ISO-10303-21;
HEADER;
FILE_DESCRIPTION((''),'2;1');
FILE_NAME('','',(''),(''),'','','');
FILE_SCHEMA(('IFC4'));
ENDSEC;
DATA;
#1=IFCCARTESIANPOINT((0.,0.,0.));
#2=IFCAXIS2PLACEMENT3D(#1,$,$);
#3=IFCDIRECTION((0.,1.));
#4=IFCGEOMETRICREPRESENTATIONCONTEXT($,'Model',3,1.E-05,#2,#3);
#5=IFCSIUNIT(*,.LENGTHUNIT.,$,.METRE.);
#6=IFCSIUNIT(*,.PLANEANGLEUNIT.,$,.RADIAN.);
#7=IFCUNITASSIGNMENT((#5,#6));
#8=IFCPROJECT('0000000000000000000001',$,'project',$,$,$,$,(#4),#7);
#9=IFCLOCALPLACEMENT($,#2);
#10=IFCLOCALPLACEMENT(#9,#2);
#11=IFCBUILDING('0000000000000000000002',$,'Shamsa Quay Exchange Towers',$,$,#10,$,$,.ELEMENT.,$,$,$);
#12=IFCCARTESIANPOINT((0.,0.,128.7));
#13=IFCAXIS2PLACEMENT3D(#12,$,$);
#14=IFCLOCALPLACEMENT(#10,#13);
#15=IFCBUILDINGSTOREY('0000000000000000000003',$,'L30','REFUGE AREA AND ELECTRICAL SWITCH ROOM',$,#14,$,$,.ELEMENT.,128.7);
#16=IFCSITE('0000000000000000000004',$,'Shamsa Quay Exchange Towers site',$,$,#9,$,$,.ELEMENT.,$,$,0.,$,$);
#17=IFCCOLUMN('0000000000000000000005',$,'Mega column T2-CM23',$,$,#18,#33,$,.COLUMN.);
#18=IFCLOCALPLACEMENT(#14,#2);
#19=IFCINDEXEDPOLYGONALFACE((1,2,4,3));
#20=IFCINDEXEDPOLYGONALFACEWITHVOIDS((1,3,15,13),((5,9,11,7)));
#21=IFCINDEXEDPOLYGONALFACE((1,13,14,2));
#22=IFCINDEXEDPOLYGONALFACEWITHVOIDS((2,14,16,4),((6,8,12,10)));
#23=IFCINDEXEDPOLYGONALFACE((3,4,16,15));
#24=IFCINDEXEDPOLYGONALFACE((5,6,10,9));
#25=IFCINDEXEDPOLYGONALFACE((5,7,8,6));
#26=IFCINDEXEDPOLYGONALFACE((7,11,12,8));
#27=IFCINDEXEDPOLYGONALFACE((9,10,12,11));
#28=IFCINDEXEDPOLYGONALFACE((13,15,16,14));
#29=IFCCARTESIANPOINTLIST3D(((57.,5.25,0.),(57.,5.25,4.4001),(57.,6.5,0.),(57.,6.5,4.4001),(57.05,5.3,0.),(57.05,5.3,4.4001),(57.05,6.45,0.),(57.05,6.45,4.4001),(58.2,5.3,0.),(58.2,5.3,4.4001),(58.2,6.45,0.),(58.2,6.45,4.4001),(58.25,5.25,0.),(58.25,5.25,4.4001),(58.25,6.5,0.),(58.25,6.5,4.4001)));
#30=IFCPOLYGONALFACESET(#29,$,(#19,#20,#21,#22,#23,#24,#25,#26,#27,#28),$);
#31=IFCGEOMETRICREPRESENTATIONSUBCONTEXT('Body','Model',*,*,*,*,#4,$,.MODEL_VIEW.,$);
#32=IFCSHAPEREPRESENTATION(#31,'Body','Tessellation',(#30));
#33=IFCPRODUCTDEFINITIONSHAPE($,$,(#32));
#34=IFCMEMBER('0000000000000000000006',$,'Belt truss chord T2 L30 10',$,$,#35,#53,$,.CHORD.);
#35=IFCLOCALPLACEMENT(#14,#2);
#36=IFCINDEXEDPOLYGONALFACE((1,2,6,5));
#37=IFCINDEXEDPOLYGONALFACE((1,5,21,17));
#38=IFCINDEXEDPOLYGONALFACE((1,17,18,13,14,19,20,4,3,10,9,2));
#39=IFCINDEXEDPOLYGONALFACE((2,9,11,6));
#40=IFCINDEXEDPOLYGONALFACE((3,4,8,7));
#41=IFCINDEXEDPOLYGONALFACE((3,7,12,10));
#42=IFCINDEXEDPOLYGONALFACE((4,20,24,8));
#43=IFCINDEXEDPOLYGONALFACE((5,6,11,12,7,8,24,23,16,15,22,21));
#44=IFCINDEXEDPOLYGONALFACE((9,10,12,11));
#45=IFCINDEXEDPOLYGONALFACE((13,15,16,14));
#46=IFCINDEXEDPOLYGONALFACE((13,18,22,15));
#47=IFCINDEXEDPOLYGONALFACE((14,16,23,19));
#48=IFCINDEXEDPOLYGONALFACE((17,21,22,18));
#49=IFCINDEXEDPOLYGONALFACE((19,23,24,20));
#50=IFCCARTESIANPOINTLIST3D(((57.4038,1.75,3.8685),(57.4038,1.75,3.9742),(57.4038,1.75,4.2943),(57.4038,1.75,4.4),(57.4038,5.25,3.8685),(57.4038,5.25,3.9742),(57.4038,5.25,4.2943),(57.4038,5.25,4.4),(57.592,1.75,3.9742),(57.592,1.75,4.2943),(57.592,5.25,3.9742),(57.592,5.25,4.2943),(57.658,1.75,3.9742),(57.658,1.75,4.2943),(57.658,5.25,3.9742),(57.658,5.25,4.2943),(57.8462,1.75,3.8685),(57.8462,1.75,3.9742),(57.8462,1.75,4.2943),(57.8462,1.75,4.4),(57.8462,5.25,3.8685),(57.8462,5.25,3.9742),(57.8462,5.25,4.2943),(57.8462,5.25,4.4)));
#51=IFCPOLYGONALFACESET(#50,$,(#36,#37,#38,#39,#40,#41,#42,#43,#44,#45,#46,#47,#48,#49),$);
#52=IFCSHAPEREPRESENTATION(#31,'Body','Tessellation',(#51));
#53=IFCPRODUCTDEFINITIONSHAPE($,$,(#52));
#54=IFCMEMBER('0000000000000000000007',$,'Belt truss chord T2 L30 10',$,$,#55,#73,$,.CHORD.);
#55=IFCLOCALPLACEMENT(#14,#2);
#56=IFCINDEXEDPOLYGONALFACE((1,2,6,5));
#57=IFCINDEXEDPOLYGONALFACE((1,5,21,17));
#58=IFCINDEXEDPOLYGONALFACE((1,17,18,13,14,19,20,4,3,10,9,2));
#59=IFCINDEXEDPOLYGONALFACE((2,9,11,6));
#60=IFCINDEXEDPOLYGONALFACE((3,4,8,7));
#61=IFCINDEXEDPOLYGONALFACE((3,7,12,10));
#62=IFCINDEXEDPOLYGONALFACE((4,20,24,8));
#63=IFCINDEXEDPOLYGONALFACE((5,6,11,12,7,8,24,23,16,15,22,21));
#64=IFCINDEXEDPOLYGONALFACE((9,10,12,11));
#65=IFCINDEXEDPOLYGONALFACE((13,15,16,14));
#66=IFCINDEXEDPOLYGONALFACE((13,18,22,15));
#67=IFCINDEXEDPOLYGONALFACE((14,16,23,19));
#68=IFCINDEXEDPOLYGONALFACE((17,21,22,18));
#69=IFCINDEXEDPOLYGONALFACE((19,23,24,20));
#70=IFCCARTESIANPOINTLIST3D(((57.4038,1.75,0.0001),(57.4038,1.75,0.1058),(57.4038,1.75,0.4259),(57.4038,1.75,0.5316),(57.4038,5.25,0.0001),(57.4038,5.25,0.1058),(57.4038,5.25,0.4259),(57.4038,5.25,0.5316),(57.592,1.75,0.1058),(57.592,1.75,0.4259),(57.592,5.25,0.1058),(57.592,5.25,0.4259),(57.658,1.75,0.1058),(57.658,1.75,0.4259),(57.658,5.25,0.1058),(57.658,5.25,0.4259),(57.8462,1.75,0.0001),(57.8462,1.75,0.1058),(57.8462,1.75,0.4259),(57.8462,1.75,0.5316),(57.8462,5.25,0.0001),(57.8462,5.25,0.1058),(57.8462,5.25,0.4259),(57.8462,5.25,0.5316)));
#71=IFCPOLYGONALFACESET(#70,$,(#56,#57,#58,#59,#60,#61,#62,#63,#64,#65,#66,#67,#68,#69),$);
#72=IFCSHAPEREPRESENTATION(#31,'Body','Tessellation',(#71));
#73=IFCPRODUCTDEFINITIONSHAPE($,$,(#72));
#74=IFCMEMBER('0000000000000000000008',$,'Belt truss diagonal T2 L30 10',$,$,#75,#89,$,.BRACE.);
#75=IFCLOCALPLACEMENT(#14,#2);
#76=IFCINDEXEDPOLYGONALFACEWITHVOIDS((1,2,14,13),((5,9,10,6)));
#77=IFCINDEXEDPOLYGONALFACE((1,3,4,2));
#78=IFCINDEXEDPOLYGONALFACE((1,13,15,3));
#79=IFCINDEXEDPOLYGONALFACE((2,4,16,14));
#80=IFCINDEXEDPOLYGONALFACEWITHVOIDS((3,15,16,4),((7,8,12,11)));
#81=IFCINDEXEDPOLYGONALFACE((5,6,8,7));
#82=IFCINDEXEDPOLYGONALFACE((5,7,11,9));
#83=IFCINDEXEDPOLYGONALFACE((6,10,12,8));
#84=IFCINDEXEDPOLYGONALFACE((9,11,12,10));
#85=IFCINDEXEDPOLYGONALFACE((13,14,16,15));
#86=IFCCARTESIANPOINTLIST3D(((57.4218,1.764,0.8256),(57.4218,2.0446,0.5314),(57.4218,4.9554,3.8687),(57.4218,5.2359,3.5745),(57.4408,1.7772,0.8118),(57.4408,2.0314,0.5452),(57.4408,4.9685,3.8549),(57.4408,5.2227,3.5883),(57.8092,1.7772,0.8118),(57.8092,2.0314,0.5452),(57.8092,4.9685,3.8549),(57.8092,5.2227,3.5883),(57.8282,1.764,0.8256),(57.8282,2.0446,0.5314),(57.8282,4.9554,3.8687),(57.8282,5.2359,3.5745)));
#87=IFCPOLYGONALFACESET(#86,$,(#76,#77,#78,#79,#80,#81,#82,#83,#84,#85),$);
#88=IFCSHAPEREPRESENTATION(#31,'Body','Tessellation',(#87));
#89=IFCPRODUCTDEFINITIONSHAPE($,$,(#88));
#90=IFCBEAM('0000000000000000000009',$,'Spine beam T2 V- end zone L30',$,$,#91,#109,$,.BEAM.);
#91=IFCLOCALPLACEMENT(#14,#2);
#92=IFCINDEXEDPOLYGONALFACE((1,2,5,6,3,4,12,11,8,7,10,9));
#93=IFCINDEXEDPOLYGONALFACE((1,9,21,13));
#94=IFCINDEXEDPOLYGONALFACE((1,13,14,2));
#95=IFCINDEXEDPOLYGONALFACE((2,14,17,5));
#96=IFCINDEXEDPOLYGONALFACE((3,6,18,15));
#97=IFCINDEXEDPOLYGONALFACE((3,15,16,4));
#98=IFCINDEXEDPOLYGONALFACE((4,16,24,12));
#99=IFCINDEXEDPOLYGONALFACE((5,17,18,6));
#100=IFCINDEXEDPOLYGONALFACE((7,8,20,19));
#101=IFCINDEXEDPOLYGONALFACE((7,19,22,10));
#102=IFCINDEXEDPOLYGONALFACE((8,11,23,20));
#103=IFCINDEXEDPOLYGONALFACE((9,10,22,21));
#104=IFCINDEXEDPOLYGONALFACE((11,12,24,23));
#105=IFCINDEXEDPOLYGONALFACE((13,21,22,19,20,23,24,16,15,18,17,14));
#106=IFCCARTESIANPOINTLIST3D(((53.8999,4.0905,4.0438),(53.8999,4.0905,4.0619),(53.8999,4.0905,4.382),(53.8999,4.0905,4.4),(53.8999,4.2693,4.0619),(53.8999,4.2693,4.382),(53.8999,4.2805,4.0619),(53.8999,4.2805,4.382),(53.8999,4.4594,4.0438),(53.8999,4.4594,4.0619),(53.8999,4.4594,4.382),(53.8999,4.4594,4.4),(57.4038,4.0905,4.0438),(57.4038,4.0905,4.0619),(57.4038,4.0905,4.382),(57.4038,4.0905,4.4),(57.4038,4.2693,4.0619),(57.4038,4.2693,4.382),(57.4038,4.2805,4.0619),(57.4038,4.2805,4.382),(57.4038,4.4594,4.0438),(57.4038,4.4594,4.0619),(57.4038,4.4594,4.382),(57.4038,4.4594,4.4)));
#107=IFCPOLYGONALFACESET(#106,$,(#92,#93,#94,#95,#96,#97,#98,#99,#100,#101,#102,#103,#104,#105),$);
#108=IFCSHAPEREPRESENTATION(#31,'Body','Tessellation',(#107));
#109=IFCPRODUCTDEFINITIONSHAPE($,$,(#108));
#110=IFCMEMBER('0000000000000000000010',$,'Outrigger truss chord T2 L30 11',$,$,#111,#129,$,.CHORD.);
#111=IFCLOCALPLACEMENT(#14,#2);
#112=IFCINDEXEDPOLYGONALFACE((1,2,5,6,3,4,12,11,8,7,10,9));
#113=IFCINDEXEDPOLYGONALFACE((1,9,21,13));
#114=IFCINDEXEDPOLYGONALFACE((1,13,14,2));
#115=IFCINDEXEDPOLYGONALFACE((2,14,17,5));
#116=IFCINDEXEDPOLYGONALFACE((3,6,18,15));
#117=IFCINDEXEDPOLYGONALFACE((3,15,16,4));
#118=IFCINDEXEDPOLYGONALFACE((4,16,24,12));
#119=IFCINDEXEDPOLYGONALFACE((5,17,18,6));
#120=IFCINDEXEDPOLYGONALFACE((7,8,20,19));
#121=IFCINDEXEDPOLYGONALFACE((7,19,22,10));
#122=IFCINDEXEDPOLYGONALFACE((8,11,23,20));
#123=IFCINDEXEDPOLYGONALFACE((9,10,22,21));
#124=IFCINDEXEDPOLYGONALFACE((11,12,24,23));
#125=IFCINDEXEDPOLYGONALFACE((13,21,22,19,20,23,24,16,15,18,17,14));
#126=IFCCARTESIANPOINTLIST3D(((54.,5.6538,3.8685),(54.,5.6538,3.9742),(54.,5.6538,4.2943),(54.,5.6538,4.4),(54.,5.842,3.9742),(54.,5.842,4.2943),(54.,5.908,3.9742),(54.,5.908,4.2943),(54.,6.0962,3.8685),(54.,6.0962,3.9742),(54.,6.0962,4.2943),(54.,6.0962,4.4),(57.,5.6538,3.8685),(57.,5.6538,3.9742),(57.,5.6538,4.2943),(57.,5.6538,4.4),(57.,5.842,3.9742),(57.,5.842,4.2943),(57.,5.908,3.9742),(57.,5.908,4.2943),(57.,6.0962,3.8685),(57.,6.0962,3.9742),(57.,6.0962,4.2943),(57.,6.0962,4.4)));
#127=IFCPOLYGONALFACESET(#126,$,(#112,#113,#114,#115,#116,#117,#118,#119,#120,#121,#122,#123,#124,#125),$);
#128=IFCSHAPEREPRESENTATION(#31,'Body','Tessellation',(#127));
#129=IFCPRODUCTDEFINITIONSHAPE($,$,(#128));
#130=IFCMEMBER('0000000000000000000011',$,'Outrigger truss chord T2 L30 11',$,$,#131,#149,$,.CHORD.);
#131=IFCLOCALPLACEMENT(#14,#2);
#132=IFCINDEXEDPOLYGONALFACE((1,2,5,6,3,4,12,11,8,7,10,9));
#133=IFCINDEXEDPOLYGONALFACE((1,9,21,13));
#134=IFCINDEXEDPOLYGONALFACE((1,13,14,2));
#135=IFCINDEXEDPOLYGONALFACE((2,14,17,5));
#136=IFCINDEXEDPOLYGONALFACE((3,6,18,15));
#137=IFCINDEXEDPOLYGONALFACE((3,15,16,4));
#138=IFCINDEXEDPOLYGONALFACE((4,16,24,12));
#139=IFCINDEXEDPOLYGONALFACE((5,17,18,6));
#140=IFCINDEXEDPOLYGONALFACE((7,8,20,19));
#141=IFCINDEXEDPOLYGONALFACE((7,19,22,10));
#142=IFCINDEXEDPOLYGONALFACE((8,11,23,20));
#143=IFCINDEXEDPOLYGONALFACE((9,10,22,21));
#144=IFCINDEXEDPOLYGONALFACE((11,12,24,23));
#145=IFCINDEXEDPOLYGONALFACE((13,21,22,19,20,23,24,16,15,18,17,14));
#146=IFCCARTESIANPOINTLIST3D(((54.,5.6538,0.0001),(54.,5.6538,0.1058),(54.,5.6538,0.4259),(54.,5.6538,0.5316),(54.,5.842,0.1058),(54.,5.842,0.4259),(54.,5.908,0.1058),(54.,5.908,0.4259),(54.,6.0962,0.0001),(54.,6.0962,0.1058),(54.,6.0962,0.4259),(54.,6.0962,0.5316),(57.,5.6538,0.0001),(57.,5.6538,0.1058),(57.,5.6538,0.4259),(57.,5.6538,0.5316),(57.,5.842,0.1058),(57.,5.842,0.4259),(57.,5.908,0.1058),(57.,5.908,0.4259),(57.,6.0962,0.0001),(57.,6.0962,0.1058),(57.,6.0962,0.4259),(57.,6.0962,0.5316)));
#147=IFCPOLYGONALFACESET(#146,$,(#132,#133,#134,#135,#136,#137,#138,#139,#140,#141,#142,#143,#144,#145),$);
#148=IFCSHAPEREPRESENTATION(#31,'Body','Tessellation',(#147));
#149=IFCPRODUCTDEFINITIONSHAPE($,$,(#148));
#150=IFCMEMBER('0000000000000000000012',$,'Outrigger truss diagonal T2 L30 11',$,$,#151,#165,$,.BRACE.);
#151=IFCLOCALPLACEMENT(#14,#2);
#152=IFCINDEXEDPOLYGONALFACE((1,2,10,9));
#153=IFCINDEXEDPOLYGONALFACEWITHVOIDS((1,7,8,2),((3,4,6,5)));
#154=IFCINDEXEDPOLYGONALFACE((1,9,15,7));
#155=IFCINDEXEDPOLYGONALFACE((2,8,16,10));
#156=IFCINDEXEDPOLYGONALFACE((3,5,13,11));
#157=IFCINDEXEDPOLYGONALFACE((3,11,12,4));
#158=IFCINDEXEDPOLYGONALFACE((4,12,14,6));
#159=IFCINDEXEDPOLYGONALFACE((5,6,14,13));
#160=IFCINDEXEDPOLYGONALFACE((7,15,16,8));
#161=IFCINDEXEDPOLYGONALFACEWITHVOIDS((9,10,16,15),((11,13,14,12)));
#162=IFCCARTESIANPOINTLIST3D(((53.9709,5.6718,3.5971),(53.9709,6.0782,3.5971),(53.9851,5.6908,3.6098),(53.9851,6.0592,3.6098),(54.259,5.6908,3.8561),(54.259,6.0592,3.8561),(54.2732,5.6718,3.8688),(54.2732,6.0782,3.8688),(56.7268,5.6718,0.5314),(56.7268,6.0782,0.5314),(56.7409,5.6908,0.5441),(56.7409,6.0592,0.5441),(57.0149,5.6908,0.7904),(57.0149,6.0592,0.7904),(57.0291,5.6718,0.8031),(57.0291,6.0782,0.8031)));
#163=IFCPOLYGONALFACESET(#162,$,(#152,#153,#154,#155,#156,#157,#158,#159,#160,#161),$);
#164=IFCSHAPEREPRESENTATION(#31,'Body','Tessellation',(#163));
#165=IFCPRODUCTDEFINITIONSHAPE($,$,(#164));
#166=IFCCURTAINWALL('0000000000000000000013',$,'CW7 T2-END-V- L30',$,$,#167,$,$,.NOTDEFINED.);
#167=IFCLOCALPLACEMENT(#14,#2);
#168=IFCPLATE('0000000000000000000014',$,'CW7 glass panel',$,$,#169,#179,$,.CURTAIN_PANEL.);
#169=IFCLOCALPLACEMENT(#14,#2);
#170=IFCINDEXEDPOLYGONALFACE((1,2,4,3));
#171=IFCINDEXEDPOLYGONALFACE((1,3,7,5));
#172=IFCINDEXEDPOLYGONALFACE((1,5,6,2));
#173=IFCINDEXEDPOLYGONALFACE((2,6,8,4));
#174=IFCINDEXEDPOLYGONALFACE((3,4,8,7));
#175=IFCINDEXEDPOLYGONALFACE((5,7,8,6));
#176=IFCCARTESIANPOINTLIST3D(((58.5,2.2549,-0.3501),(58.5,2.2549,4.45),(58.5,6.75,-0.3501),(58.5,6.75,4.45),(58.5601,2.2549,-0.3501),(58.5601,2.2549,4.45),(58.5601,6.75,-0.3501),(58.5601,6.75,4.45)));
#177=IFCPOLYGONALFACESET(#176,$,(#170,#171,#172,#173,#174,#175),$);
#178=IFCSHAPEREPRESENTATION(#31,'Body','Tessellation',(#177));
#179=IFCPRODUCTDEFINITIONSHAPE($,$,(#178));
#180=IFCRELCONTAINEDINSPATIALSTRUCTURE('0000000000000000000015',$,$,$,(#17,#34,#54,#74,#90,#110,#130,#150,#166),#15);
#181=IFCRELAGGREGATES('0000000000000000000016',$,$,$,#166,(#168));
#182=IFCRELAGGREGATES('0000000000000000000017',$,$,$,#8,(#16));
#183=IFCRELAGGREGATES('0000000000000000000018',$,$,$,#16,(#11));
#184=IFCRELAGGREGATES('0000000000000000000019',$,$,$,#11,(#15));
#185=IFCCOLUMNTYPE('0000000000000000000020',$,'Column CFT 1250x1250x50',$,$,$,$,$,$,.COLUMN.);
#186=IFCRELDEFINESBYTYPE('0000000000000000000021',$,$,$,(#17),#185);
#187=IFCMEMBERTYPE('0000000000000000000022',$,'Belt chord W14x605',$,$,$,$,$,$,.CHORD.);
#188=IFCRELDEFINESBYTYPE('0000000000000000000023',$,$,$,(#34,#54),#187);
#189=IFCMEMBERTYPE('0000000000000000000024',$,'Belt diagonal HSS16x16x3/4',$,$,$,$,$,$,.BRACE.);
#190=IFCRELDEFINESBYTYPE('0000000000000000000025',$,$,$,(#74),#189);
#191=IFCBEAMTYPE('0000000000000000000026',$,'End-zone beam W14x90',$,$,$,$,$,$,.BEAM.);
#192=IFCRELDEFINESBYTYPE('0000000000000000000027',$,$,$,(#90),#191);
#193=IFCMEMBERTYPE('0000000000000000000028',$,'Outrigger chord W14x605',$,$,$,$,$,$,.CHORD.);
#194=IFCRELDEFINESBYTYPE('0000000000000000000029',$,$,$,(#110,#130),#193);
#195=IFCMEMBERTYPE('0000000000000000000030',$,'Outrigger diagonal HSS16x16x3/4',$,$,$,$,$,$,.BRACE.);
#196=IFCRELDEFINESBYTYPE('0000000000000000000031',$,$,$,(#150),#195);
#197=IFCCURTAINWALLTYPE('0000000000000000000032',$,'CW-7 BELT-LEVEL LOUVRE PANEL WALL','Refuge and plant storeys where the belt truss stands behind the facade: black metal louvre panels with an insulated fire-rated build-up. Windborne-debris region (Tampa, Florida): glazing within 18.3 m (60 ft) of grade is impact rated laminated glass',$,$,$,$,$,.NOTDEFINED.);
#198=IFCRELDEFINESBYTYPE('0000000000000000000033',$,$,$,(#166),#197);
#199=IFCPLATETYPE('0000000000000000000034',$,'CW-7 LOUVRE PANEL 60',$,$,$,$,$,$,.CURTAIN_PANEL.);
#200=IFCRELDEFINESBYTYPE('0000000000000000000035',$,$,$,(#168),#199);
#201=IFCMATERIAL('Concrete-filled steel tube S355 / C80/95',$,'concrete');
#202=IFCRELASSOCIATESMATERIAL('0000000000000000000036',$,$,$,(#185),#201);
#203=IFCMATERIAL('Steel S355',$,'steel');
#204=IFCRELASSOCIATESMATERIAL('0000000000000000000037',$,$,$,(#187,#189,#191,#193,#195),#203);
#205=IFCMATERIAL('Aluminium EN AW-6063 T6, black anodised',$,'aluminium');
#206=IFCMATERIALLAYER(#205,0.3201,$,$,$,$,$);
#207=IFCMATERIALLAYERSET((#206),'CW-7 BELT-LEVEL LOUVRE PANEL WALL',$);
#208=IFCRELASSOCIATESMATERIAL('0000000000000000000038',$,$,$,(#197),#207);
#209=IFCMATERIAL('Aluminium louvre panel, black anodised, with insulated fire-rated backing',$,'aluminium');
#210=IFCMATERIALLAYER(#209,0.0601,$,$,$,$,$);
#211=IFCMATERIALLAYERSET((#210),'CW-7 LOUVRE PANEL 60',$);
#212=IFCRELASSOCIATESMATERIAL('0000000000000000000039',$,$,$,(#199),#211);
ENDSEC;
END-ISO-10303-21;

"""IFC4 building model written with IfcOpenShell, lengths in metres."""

from ifc_helpers import new_model, si_unit, direction, frame, origin, origin_2d, place, context, subcontext, project, spatial, rectangle, hollow_rectangle, i_section, extrude, material, layer, layer_set, material_profile, profile_set, type_object, element, aggregate, save


model = new_model("IFC4")

# Units and contexts
model_context = context("Model", 3, precision=1e-05, world=origin(), true_north=direction((0.0, 1.0)))
body_context = subcontext(model_context, "Body", "Model", "MODEL_VIEW")
ifc_project = project(units=[si_unit("LENGTHUNIT", "METRE"), si_unit("PLANEANGLEUNIT", "RADIAN")], contexts=[model_context])

# Site, building, storey
site_placement = place(None, origin())
site = spatial("IfcSite", under=ifc_project, at=site_placement, Name="Shamsa Quay Exchange Towers site", CompositionType="ELEMENT", RefElevation=0.0)
building_placement = place(site_placement, origin())
building = spatial("IfcBuilding", under=site, at=building_placement, Name="Shamsa Quay Exchange Towers", CompositionType="ELEMENT")
storey_placement = place(building_placement, frame((0.0, 0.0, 128.7)))
storey = spatial("IfcBuildingStorey", under=building, at=storey_placement, Name="L30", Description="REFUGE AREA AND ELECTRICAL SWITCH ROOM", CompositionType="ELEMENT", Elevation=128.7)

# Column
ifc_material_1 = material(Name="Concrete-filled steel tube S355 / C80/95", Category="concrete")
ifc_material_profile_1 = material_profile(ifc_material_1, hollow_rectangle(XDim=1.25, YDim=1.25, WallThickness=0.05, at=origin_2d()), Name="CFT 1250x1250x50")
ifc_profile_set_1 = profile_set([ifc_material_profile_1], Name="Concrete-filled steel tube S355 / C80/95")
column_type = type_object("IfcColumnType", Name="Column CFT 1250x1250x50", PredefinedType="COLUMN", material=ifc_profile_set_1)
column_placement = place(storey_placement, frame((57.625, 5.875, 0.0)))
element("IfcColumn", 1, at=column_placement, inside=storey, type_object=column_type, Name="Mega column T2-CM23", PredefinedType="COLUMN", context=body_context, shape_type="SweptSolid", body=[
    extrude(hollow_rectangle(XDim=1.25, YDim=1.25, WallThickness=0.05, at=origin_2d()), origin(), (0.0, 0.0, 1.0), 4.4001),
])

# Members
ifc_material_2 = material(Name="Steel S355", Category="steel")
ifc_material_profile_2 = material_profile(ifc_material_2, i_section(OverallWidth=0.4424, OverallDepth=0.5315, WebThickness=0.0659, FlangeThickness=0.1057, at=origin_2d()), Name="W14x605")
ifc_profile_set_2 = profile_set([ifc_material_profile_2], Name="Steel S355")
member_type_1 = type_object("IfcMemberType", Name="Belt chord W14x605", PredefinedType="CHORD", material=ifc_profile_set_2)
for number, where, z_axis, x_axis, name in (
    (2, (57.625, 1.75, 4.1343), (0.0, 1.0, 0.0), (-1.0, 0.0, 0.0), "Belt truss chord T2 L30 10"),
    (3, (57.625, 1.75, 0.2659), (0.0, 1.0, 0.0), (-1.0, 0.0, 0.0), "Belt truss chord T2 L30 10"),
):
    element("IfcMember", number, at=place(storey_placement, frame(where, z_axis=z_axis, x_axis=x_axis)), inside=storey, type_object=member_type_1, Name=name, PredefinedType="CHORD", context=body_context, shape_type="SweptSolid", body=[
        extrude(i_section(OverallWidth=0.4424, OverallDepth=0.5315, WebThickness=0.0659, FlangeThickness=0.1057, at=origin_2d()), origin(), (0.0, 0.0, 1.0), 3.5),
    ])
ifc_material_profile_3 = material_profile(ifc_material_2, hollow_rectangle(XDim=0.4065, YDim=0.4065, WallThickness=0.019, at=origin_2d()), Name="HSS16x16x3/4")
ifc_profile_set_3 = profile_set([ifc_material_profile_3], Name="Steel S355")
member_type_2 = type_object("IfcMemberType", Name="Belt diagonal HSS16x16x3/4", PredefinedType="BRACE", material=ifc_profile_set_3)
member_1_placement = place(storey_placement, frame((57.625, 1.9043, 0.6785), z_axis=(0.0, 0.72371, 0.690104), x_axis=(-1.0, 0.0, 0.0)))
element("IfcMember", 4, at=member_1_placement, inside=storey, type_object=member_type_2, Name="Belt truss diagonal T2 L30 10", PredefinedType="BRACE", context=body_context, shape_type="SweptSolid", body=[
    extrude(hollow_rectangle(XDim=0.4065, YDim=0.4065, WallThickness=0.019, at=origin_2d()), origin(), (0.0, 0.0, 1.0), 4.4097),
])

# Beam
ifc_material_profile_4 = material_profile(ifc_material_2, i_section(OverallWidth=0.3689, OverallDepth=0.3562, WebThickness=0.0112, FlangeThickness=0.0181, at=origin_2d()), Name="W14x90")
ifc_profile_set_4 = profile_set([ifc_material_profile_4], Name="Steel S355")
beam_type = type_object("IfcBeamType", Name="End-zone beam W14x90", PredefinedType="BEAM", material=ifc_profile_set_4)
beam_placement = place(storey_placement, frame((53.8999, 4.2749, 4.2219), z_axis=(1.0, 0.0, 0.0), x_axis=(0.0, 1.0, 0.0)))
element("IfcBeam", 5, at=beam_placement, inside=storey, type_object=beam_type, Name="Spine beam T2 V- end zone L30", PredefinedType="BEAM", context=body_context, shape_type="SweptSolid", body=[
    extrude(i_section(OverallWidth=0.3689, OverallDepth=0.3562, WebThickness=0.0112, FlangeThickness=0.0181, at=origin_2d()), origin(), (0.0, 0.0, 1.0), 3.5039),
])

# Members
ifc_material_profile_5 = material_profile(ifc_material_2, i_section(OverallWidth=0.4424, OverallDepth=0.5315, WebThickness=0.0659, FlangeThickness=0.1057, at=origin_2d()), Name="W14x605")
ifc_profile_set_5 = profile_set([ifc_material_profile_5], Name="Steel S355")
member_type_3 = type_object("IfcMemberType", Name="Outrigger chord W14x605", PredefinedType="CHORD", material=ifc_profile_set_5)
for number, where, z_axis, x_axis, name in (
    (6, (57.0, 5.875, 4.1343), (-1.0, 0.0, 0.0), (0.0, -1.0, 0.0), "Outrigger truss chord T2 L30 11"),
    (7, (57.0, 5.875, 0.2659), (-1.0, 0.0, 0.0), (0.0, -1.0, 0.0), "Outrigger truss chord T2 L30 11"),
):
    element("IfcMember", number, at=place(storey_placement, frame(where, z_axis=z_axis, x_axis=x_axis)), inside=storey, type_object=member_type_3, Name=name, PredefinedType="CHORD", context=body_context, shape_type="SweptSolid", body=[
        extrude(i_section(OverallWidth=0.4424, OverallDepth=0.5315, WebThickness=0.0659, FlangeThickness=0.1057, at=origin_2d()), origin(), (0.0, 0.0, 1.0), 3.0),
    ])
ifc_material_profile_6 = material_profile(ifc_material_2, hollow_rectangle(XDim=0.4065, YDim=0.4065, WallThickness=0.019, at=origin_2d()), Name="HSS16x16x3/4")
ifc_profile_set_6 = profile_set([ifc_material_profile_6], Name="Steel S355")
member_type_4 = type_object("IfcMemberType", Name="Outrigger diagonal HSS16x16x3/4", PredefinedType="BRACE", material=ifc_profile_set_6)
member_2_placement = place(storey_placement, frame((56.8779, 5.875, 0.6672), z_axis=(-0.668529, 0.0, 0.743686), x_axis=(0.0, -1.0, 0.0)))
element("IfcMember", 8, at=member_2_placement, inside=storey, type_object=member_type_4, Name="Outrigger truss diagonal T2 L30 11", PredefinedType="BRACE", context=body_context, shape_type="SweptSolid", body=[
    extrude(hollow_rectangle(XDim=0.4065, YDim=0.4065, WallThickness=0.019, at=origin_2d()), origin(), (0.0, 0.0, 1.0), 4.1223),
])

# Curtain wall, plate
ifc_material_3 = material(Name="Aluminium EN AW-6063 T6, black anodised", Category="aluminium")
ifc_layer_1 = layer(ifc_material_3, 0.3201)
ifc_layer_set_1 = layer_set([ifc_layer_1], Name="CW-7 BELT-LEVEL LOUVRE PANEL WALL")
curtain_wall_type = type_object("IfcCurtainWallType", Name="CW-7 BELT-LEVEL LOUVRE PANEL WALL", Description="Refuge and plant storeys where the belt truss stands behind the facade: black metal louvre panels with an insulated fire-rated build-up. Windborne-debris region (Tampa, Florida): glazing within 18.3 m (60 ft) of grade is impact rated laminated glass", PredefinedType="NOTDEFINED", material=ifc_layer_set_1)
curtain_wall_1_placement = place(storey_placement, origin())
curtain_wall_1 = element("IfcCurtainWall", 9, at=curtain_wall_1_placement, inside=storey, type_object=curtain_wall_type, Name="CW7 T2-END-V- L30", PredefinedType="NOTDEFINED")
ifc_material_4 = material(Name="Aluminium louvre panel, black anodised, with insulated fire-rated backing", Category="aluminium")
ifc_layer_2 = layer(ifc_material_4, 0.0601)
ifc_layer_set_2 = layer_set([ifc_layer_2], Name="CW-7 LOUVRE PANEL 60")
plate_type = type_object("IfcPlateType", Name="CW-7 LOUVRE PANEL 60", PredefinedType="CURTAIN_PANEL", material=ifc_layer_set_2)
plate_1_placement = place(storey_placement, frame((58.53, 4.5024, -0.3501), z_axis=(0.0, 0.0, 1.0), x_axis=(0.0, 1.0, 0.0)))
plate_1 = element("IfcPlate", 10, at=plate_1_placement, type_object=plate_type, Name="CW7 glass panel", PredefinedType="CURTAIN_PANEL", context=body_context, shape_type="SweptSolid", body=[
    extrude(rectangle(XDim=4.4951, YDim=0.0601, at=origin_2d()), origin(), (0.0, 0.0, 1.0), 4.8),
])
aggregate(curtain_wall_1, [plate_1])

save(model, "model.ifc")
